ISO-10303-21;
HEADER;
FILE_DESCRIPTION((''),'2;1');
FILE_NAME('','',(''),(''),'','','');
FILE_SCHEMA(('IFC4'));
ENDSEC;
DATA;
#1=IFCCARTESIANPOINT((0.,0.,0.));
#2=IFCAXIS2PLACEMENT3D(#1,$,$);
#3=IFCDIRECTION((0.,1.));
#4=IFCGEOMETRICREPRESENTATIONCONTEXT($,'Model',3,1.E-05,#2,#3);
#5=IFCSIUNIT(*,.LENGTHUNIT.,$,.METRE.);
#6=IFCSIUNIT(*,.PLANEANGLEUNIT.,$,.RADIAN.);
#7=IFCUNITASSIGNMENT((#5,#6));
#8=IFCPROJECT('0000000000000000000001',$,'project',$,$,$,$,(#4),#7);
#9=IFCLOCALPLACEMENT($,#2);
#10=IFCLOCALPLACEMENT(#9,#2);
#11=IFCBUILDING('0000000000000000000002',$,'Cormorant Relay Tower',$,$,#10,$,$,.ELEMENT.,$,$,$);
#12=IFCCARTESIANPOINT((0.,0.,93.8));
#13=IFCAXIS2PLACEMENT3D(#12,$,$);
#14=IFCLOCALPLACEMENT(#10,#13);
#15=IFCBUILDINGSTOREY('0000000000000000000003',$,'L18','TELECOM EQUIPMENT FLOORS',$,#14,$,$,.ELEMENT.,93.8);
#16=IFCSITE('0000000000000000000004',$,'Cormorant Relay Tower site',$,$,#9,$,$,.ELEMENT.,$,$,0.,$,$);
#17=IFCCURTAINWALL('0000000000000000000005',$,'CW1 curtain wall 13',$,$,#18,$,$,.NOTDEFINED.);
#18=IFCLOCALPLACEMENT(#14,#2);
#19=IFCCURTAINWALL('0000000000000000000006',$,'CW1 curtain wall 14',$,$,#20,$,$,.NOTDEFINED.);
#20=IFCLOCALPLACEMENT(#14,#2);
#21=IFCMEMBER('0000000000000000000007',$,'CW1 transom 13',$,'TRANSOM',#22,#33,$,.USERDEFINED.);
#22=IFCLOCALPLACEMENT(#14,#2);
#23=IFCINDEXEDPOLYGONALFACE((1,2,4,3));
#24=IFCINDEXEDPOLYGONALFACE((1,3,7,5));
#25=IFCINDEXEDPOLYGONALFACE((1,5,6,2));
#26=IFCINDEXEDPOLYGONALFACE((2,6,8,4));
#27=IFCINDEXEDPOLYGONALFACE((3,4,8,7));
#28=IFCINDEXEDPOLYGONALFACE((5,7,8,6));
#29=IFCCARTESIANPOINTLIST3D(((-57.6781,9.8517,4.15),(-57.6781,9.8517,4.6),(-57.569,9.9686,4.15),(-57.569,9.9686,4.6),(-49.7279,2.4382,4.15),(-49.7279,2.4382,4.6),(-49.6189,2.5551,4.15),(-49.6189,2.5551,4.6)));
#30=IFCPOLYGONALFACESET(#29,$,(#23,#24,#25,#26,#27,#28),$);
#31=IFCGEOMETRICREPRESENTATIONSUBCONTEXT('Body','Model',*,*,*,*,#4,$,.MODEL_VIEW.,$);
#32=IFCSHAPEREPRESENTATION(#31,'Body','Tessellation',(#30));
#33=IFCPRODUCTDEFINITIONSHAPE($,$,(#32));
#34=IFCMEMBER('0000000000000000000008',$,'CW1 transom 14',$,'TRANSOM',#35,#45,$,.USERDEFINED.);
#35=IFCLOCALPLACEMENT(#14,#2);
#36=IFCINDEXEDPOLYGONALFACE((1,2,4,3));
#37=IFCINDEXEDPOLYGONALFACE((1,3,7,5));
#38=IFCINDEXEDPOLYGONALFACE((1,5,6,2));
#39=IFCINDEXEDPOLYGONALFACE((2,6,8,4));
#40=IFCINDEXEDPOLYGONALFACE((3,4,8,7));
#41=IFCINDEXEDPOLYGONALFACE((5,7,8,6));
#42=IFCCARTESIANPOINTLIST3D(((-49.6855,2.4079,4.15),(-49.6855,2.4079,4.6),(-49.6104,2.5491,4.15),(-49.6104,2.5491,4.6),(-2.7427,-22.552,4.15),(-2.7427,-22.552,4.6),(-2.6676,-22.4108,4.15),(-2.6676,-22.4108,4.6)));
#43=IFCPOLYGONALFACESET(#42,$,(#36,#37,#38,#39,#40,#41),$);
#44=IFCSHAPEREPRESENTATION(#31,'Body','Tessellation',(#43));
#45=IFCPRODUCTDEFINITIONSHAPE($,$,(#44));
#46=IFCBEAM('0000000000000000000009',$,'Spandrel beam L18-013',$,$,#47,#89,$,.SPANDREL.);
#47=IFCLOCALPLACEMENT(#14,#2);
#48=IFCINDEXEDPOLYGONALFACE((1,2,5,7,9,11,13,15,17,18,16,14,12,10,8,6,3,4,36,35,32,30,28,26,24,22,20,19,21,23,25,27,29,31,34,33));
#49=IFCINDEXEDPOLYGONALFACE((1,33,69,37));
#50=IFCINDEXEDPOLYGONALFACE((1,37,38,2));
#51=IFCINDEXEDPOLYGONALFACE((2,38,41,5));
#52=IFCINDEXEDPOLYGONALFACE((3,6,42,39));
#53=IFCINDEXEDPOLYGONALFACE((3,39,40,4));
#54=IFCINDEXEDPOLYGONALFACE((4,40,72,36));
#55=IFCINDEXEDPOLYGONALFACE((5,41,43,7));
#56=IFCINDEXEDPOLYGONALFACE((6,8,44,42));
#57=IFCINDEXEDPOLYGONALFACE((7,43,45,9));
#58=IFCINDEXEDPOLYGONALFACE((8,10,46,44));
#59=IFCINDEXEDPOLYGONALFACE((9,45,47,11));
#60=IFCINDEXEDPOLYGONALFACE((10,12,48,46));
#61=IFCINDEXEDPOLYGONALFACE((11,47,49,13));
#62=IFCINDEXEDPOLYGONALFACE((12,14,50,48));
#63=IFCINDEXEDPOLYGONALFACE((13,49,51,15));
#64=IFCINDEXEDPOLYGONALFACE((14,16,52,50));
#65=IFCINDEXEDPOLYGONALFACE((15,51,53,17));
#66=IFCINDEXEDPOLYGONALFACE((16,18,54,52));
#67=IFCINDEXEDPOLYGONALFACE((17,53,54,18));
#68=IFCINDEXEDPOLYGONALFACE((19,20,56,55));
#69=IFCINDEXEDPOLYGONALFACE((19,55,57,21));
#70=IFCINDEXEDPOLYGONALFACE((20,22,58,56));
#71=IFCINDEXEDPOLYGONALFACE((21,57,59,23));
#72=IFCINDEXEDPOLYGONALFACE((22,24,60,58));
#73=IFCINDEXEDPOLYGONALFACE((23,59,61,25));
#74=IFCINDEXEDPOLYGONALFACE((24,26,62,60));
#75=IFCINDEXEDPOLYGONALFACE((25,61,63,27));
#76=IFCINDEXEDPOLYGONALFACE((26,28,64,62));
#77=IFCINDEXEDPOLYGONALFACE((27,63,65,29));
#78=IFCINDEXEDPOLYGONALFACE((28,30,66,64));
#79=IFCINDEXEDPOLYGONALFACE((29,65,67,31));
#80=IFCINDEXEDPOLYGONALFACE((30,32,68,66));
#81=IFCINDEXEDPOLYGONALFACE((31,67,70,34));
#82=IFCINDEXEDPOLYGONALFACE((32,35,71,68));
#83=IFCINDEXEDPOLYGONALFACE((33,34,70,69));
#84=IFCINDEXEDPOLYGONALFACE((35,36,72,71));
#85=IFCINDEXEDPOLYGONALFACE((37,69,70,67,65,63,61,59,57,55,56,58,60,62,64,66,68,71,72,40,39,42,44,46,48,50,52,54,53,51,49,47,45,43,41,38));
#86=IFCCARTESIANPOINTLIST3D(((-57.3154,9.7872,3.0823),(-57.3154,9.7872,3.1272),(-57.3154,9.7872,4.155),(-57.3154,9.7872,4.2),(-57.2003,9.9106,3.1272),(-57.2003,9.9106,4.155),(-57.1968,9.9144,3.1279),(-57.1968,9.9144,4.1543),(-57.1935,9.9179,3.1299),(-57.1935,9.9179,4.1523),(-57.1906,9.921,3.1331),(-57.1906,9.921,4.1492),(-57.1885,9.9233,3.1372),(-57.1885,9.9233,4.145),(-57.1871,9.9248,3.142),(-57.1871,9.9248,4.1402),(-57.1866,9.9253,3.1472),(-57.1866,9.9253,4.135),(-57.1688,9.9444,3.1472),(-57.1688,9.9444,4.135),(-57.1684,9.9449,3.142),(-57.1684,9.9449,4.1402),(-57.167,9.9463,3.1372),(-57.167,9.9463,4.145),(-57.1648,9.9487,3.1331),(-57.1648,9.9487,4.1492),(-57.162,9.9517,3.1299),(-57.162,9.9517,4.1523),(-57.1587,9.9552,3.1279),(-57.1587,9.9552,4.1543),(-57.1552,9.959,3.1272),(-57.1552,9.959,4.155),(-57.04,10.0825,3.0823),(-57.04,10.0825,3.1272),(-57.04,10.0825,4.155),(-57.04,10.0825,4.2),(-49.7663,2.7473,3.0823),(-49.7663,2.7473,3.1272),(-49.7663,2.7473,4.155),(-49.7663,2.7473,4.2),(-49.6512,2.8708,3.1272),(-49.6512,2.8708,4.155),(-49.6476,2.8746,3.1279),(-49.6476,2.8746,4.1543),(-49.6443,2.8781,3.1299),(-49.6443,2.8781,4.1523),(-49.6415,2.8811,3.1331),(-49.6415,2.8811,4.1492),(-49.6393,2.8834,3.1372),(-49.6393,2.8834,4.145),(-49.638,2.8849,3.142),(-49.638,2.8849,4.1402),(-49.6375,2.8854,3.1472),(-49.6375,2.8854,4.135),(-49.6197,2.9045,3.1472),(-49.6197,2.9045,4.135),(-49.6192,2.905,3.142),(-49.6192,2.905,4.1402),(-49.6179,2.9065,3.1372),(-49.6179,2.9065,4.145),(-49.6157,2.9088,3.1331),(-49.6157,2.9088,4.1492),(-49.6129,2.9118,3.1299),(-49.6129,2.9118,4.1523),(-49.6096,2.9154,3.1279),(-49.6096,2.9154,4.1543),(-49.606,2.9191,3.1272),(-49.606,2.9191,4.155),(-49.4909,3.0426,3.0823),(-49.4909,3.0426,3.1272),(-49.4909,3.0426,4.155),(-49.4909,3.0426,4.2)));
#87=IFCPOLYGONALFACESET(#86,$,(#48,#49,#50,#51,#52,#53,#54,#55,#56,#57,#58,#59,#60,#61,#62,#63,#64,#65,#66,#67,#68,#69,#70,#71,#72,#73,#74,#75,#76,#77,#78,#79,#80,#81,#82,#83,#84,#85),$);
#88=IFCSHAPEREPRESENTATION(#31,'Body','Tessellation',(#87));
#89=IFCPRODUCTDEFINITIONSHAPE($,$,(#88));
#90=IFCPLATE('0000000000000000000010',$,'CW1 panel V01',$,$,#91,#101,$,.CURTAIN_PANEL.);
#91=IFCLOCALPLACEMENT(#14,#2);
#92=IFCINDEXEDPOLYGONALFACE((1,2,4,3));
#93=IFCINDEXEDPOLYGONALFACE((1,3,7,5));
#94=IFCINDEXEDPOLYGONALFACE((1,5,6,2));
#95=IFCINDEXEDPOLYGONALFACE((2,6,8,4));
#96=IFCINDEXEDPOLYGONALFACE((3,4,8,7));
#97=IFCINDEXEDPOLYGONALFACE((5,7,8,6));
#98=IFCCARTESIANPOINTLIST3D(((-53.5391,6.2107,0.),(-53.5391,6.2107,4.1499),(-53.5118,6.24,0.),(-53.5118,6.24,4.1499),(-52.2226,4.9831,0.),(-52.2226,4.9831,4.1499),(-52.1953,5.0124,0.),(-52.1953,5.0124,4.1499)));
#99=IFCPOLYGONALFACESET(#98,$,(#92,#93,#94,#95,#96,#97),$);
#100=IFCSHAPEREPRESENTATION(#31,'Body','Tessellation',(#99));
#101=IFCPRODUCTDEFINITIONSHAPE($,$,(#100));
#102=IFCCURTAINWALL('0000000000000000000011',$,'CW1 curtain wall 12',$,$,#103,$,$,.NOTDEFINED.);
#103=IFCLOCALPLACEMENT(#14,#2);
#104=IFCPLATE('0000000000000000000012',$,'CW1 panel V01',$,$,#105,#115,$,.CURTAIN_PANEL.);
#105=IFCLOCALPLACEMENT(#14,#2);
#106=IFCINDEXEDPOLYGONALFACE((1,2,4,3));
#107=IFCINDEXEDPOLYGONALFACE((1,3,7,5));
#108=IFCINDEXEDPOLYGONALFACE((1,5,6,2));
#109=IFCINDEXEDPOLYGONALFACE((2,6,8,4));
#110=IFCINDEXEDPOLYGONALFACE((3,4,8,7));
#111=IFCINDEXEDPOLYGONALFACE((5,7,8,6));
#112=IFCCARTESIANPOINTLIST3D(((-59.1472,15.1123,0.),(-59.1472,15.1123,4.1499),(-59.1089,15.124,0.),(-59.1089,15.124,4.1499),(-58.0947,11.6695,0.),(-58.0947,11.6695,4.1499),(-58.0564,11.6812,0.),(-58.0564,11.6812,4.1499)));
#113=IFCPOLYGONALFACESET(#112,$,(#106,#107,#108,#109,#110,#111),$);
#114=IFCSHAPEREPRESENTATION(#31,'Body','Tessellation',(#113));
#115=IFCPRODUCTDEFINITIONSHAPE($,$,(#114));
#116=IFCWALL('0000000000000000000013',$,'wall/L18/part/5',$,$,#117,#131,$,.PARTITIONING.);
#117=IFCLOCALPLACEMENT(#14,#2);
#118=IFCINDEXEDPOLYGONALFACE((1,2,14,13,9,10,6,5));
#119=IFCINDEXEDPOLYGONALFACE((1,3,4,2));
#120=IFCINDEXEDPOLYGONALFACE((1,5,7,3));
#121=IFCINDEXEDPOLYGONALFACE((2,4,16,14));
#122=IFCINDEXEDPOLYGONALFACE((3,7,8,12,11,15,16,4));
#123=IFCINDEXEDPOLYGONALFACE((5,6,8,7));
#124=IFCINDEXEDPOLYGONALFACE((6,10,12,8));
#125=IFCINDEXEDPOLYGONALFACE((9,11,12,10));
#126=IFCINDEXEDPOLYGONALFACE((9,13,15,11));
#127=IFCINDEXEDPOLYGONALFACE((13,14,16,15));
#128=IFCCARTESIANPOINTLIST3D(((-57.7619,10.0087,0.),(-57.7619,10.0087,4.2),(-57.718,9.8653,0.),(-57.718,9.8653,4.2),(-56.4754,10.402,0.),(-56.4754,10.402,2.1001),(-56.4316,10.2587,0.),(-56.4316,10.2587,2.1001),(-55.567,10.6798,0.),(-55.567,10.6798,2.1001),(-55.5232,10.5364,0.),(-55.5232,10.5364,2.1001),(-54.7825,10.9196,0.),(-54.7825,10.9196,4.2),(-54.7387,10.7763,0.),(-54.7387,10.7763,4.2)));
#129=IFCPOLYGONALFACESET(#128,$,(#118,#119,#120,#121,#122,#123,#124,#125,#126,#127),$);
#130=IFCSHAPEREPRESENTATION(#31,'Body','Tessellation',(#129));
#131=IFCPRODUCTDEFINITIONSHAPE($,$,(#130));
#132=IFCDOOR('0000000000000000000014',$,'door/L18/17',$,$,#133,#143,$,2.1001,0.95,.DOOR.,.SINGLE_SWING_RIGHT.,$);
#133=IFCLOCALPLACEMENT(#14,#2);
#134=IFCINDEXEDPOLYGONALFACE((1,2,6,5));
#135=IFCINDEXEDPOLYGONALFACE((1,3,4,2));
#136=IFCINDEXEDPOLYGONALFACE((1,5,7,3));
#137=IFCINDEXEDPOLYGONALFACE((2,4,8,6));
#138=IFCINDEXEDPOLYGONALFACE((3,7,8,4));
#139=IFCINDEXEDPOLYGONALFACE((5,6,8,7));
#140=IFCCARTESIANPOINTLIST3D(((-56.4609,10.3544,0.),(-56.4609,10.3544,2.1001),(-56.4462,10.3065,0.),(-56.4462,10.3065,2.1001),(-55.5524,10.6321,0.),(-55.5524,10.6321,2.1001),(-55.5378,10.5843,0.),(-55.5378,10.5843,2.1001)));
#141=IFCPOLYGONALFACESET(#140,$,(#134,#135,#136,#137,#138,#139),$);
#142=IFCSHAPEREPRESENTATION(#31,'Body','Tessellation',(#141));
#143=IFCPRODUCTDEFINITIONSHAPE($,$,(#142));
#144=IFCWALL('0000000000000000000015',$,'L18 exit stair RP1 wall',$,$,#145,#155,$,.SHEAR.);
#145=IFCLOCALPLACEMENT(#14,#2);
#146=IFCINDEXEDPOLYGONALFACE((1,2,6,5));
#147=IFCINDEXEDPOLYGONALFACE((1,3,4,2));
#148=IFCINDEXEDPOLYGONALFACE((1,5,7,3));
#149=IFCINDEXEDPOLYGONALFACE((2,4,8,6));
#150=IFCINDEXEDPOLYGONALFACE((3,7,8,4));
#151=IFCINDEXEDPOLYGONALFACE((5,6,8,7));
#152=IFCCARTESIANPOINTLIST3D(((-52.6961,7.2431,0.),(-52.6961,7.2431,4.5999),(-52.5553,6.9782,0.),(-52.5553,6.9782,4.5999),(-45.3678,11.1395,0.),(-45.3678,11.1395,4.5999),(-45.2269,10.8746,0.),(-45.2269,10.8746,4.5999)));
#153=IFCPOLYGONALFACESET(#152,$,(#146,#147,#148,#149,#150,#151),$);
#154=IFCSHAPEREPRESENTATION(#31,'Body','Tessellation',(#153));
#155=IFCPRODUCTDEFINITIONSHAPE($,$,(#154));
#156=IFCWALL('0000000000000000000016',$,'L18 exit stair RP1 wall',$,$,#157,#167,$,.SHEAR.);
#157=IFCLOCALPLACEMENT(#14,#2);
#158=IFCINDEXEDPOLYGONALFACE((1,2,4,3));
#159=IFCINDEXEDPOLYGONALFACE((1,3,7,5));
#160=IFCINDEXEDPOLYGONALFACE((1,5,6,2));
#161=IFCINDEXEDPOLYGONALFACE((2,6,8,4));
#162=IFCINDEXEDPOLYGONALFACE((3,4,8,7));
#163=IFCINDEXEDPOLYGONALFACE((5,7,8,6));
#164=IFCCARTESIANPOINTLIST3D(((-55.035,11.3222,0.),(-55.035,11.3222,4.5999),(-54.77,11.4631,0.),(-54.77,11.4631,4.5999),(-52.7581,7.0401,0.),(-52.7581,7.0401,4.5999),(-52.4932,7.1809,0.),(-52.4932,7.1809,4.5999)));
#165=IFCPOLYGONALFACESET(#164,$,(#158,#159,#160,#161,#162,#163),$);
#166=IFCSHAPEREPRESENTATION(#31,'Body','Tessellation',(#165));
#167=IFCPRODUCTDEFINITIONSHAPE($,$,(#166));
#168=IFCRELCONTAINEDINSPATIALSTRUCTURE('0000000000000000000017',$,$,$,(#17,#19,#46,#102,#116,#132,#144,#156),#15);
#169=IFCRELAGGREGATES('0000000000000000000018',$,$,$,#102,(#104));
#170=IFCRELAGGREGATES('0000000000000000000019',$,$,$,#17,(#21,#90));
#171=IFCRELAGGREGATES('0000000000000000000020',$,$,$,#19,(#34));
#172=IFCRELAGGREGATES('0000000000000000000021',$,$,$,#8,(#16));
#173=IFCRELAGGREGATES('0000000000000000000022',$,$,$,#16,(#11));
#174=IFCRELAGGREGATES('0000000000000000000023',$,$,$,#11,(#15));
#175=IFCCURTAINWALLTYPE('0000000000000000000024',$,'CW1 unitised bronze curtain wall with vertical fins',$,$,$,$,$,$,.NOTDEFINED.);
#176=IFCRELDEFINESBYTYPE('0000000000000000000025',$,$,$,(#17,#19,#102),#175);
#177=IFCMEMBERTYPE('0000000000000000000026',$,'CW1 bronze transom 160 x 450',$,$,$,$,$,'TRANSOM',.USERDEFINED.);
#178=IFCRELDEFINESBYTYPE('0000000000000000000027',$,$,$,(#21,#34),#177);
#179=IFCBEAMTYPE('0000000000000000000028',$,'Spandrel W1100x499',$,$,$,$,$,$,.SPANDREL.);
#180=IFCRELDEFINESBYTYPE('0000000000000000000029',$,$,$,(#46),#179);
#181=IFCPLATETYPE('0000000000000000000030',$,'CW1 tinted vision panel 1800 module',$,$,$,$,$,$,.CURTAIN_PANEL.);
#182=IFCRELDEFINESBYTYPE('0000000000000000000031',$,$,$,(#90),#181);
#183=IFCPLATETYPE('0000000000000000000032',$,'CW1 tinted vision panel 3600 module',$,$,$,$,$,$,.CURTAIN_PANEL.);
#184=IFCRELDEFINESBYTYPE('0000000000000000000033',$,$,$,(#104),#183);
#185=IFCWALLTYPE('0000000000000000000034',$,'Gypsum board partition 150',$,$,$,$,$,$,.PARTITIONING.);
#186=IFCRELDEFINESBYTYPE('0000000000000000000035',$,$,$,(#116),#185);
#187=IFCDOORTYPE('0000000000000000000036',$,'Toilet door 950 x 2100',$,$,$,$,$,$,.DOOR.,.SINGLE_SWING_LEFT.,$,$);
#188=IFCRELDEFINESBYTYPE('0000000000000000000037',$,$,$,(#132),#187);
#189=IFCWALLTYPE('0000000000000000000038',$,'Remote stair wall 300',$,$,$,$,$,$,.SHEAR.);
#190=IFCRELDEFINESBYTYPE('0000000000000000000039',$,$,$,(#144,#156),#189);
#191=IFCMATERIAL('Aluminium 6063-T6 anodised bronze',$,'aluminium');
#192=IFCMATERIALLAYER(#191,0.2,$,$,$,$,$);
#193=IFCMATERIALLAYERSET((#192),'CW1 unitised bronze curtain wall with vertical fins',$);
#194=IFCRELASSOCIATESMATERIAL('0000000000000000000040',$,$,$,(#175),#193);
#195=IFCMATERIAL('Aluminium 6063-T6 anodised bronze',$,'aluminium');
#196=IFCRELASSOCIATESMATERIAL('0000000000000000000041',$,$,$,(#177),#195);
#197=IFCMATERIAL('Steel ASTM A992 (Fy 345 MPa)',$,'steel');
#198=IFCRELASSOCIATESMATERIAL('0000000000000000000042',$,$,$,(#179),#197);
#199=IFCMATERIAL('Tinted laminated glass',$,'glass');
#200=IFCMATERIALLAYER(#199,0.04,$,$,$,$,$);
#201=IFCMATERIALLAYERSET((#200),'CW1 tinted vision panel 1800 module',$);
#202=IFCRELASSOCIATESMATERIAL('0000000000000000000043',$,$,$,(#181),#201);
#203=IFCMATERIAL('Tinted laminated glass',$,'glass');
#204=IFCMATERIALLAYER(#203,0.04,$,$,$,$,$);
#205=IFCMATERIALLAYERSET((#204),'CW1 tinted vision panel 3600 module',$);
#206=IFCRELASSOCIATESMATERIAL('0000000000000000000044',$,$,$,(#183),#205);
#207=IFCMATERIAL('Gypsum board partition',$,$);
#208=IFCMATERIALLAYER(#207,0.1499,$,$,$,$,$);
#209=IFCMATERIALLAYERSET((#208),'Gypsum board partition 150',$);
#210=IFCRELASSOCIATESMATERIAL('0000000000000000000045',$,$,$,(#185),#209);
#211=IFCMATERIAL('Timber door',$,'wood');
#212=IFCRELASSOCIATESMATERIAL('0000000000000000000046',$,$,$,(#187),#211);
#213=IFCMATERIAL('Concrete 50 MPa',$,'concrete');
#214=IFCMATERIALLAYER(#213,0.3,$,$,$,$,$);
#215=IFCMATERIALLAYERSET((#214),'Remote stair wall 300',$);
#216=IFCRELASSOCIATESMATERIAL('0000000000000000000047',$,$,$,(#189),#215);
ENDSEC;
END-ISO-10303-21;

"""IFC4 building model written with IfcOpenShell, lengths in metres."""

from ifc_helpers import new_model, si_unit, direction, frame, frame_2d, origin, origin_2d, place, context, subcontext, project, spatial, rectangle, i_section, extrude, material, layer, layer_set, material_profile, profile_set, type_object, element, fill, aggregate, save


model = new_model("IFC4")

# Units and contexts
model_context = context("Model", 3, precision=1e-05, world=origin(), true_north=direction((0.0, 1.0)))
body_context = subcontext(model_context, "Body", "Model", "MODEL_VIEW")
ifc_project = project(units=[si_unit("LENGTHUNIT", "METRE"), si_unit("PLANEANGLEUNIT", "RADIAN")], contexts=[model_context])

# Site, building, storey
site_placement = place(None, origin())
site = spatial("IfcSite", under=ifc_project, at=site_placement, Name="Cormorant Relay Tower site", CompositionType="ELEMENT", RefElevation=0.0)
building_placement = place(site_placement, origin())
building = spatial("IfcBuilding", under=site, at=building_placement, Name="Cormorant Relay Tower", CompositionType="ELEMENT")
storey_placement = place(building_placement, frame((0.0, 0.0, 93.8)))
storey = spatial("IfcBuildingStorey", under=building, at=storey_placement, Name="L18", Description="TELECOM EQUIPMENT FLOORS", CompositionType="ELEMENT", Elevation=93.8)

# Curtain wall
ifc_material_1 = material(Name="Aluminium 6063-T6 anodised bronze", Category="aluminium")
ifc_layer_1 = layer(ifc_material_1, 0.2)
ifc_layer_set_1 = layer_set([ifc_layer_1], Name="CW1 unitised bronze curtain wall with vertical fins")
curtain_wall_type = type_object("IfcCurtainWallType", Name="CW1 unitised bronze curtain wall with vertical fins", PredefinedType="NOTDEFINED", material=ifc_layer_set_1)
curtain_wall_1_placement = place(storey_placement, origin())
curtain_wall_1 = element("IfcCurtainWall", 1, at=curtain_wall_1_placement, inside=storey, type_object=curtain_wall_type, Name="CW1 curtain wall 13", PredefinedType="NOTDEFINED")

# Curtain wall
curtain_wall_2_placement = place(storey_placement, origin())
curtain_wall_2 = element("IfcCurtainWall", 2, at=curtain_wall_2_placement, inside=storey, type_object=curtain_wall_type, Name="CW1 curtain wall 14", PredefinedType="NOTDEFINED")

# Members
ifc_material_2 = material(Name="Aluminium 6063-T6 anodised bronze", Category="aluminium")
ifc_material_profile_1 = material_profile(ifc_material_2, rectangle(XDim=0.1599, YDim=0.45, at=origin_2d()), Name="AL 160x450")
ifc_profile_set_1 = profile_set([ifc_material_profile_1], Name="Aluminium 6063-T6 anodised bronze")
member_type_1 = type_object("IfcMemberType", Name="CW1 bronze transom 160 x 450", ElementType="TRANSOM", PredefinedType="USERDEFINED", material=ifc_profile_set_1)
member_1_placement = place(storey_placement, frame((-57.6235, 9.9102, 4.375), z_axis=(0.731358, -0.681993, 0.0), x_axis=(0.681993, 0.731358, 0.0)))
member_1 = element("IfcMember", 3, at=member_1_placement, type_object=member_type_1, Name="CW1 transom 13", ObjectType="TRANSOM", PredefinedType="USERDEFINED", context=body_context, shape_type="SweptSolid", body=[
    extrude(rectangle(XDim=0.1599, YDim=0.45, at=origin_2d()), origin(), (0.0, 0.0, 1.0), 10.8704),
])
member_2_placement = place(storey_placement, frame((-49.6479, 2.4785, 4.375), z_axis=(0.882948, -0.469471, 0.0), x_axis=(0.469471, 0.882948, 0.0)))
member_2 = element("IfcMember", 4, at=member_2_placement, type_object=member_type_1, Name="CW1 transom 14", ObjectType="TRANSOM", PredefinedType="USERDEFINED", context=body_context, shape_type="SweptSolid", body=[
    extrude(rectangle(XDim=0.1599, YDim=0.45, at=origin_2d()), origin(), (0.0, 0.0, 1.0), 53.166),
])

# Beam
ifc_material_3 = material(Name="Steel ASTM A992 (Fy 345 MPa)", Category="steel")
ifc_material_profile_2 = material_profile(ifc_material_3, i_section(OverallWidth=0.4038, OverallDepth=1.1177, WebThickness=0.0261, FlangeThickness=0.0449, FilletRadius=0.02, at=origin_2d()), Name="W1100x499")
ifc_profile_set_2 = profile_set([ifc_material_profile_2], Name="Steel ASTM A992 (Fy 345 MPa)")
beam_type = type_object("IfcBeamType", Name="Spandrel W1100x499", PredefinedType="SPANDREL", material=ifc_profile_set_2)
beam_placement = place(storey_placement, frame((-57.1777, 9.9348, 3.6411), z_axis=(0.731345, -0.682007, 0.0), x_axis=(0.682007, 0.731345, 0.0)))
element("IfcBeam", 5, at=beam_placement, inside=storey, type_object=beam_type, Name="Spandrel beam L18-013", PredefinedType="SPANDREL", context=body_context, shape_type="SweptSolid", body=[
    extrude(i_section(OverallWidth=0.4038, OverallDepth=1.1177, WebThickness=0.0261, FlangeThickness=0.0449, FilletRadius=0.02, at=origin_2d()), origin(), (0.0, 0.0, 1.0), 10.3223),
])

# Plate
ifc_material_4 = material(Name="Tinted laminated glass", Category="glass")
ifc_layer_2 = layer(ifc_material_4, 0.04)
ifc_layer_set_2 = layer_set([ifc_layer_2], Name="CW1 tinted vision panel 1800 module")
plate_type_1 = type_object("IfcPlateType", Name="CW1 tinted vision panel 1800 module", PredefinedType="CURTAIN_PANEL", material=ifc_layer_set_2)
plate_1_placement = place(storey_placement, frame((-52.8672, 5.6116, 0.0), z_axis=(0.0, 0.0, 1.0), x_axis=(0.731354, -0.681998, 0.0)))
plate_1 = element("IfcPlate", 6, at=plate_1_placement, type_object=plate_type_1, Name="CW1 panel V01", PredefinedType="CURTAIN_PANEL", context=body_context, shape_type="SweptSolid", body=[
    extrude(rectangle(XDim=1.8, YDim=0.04, at=origin_2d()), origin(), (0.0, 0.0, 1.0), 4.1499),
])

# Curtain wall, plate
curtain_wall_3_placement = place(storey_placement, origin())
curtain_wall_3 = element("IfcCurtainWall", 7, at=curtain_wall_3_placement, inside=storey, type_object=curtain_wall_type, Name="CW1 curtain wall 12", PredefinedType="NOTDEFINED")
ifc_material_5 = material(Name="Tinted laminated glass", Category="glass")
ifc_layer_3 = layer(ifc_material_5, 0.04)
ifc_layer_set_3 = layer_set([ifc_layer_3], Name="CW1 tinted vision panel 3600 module")
plate_type_2 = type_object("IfcPlateType", Name="CW1 tinted vision panel 3600 module", PredefinedType="CURTAIN_PANEL", material=ifc_layer_set_3)
plate_2_placement = place(storey_placement, frame((-58.6018, 13.3967, 0.0), z_axis=(0.0, 0.0, 1.0), x_axis=(0.292372, -0.956305, 0.0)))
plate_2 = element("IfcPlate", 8, at=plate_2_placement, type_object=plate_type_2, Name="CW1 panel V01", PredefinedType="CURTAIN_PANEL", context=body_context, shape_type="SweptSolid", body=[
    extrude(rectangle(XDim=3.6001, YDim=0.04, at=origin_2d()), origin(), (0.0, 0.0, 1.0), 4.1499),
])

# Wall, opening, door
ifc_material_6 = material(Name="Gypsum board partition")
ifc_layer_4 = layer(ifc_material_6, 0.1499)
ifc_layer_set_4 = layer_set([ifc_layer_4], Name="Gypsum board partition 150")
wall_type_1 = type_object("IfcWallType", Name="Gypsum board partition 150", PredefinedType="PARTITIONING", material=ifc_layer_set_4)
wall_1_placement = place(storey_placement, frame((-54.7607, 10.8479, 0.0), z_axis=(0.0, 0.0, 1.0), x_axis=(-0.956301, -0.292384, 0.0)))
wall_1 = element("IfcWall", 9, at=wall_1_placement, inside=storey, type_object=wall_type_1, Name="wall/L18/part/5", PredefinedType="PARTITIONING", context=body_context, shape_type="SweptSolid", body=[
    extrude(rectangle(XDim=3.1155, YDim=0.1499, at=frame_2d((1.5576, 0.0))), origin(), (0.0, 0.0, 1.0), 4.2),
])
opening_1_placement = place(wall_1_placement, frame((0.8201, 0.0, 0.0)))
opening_1 = element("IfcOpeningElement", 10, at=opening_1_placement, cuts=wall_1, PredefinedType="OPENING", context=body_context, shape_type="SweptSolid", body=[
    extrude(rectangle(XDim=0.95, YDim=2.1001, at=frame_2d((0.4751, 1.05))), frame((0.0, 0.085, 0.0), z_axis=(0.0, -1.0, 0.0), x_axis=(1.0, 0.0, 0.0)), (0.0, 0.0, 1.0), 0.1699),
])
ifc_material_7 = material(Name="Timber door", Category="wood")
door_type_1 = type_object("IfcDoorType", Name="Toilet door 950 x 2100", OperationType="SINGLE_SWING_LEFT", PredefinedType="DOOR", material=ifc_material_7)
door_1_placement = place(opening_1_placement, origin())
door_1 = element("IfcDoor", 11, at=door_1_placement, inside=storey, type_object=door_type_1, Name="door/L18/17", OperationType="SINGLE_SWING_RIGHT", OverallHeight=2.1001, OverallWidth=0.95, PredefinedType="DOOR", context=body_context, shape_type="SweptSolid", body=[
    extrude(rectangle(XDim=0.95, YDim=2.1001, at=frame_2d((0.4751, 1.05))), frame((0.0, 0.0249, 0.0), z_axis=(0.0, -1.0, 0.0), x_axis=(1.0, 0.0, 0.0)), (0.0, 0.0, 1.0), 0.05),
])
fill(opening_1, door_1)

# Walls
ifc_material_8 = material(Name="Concrete 50 MPa", Category="concrete")
ifc_layer_5 = layer(ifc_material_8, 0.3)
ifc_layer_set_5 = layer_set([ifc_layer_5], Name="Remote stair wall 300")
wall_type_2 = type_object("IfcWallType", Name="Remote stair wall 300", PredefinedType="SHEAR", material=ifc_layer_set_5)
wall_2_placement = place(storey_placement, frame((-45.2974, 11.0071, 0.0), z_axis=(0.0, 0.0, 1.0), x_axis=(-0.882952, -0.469464, 0.0)))
element("IfcWall", 12, at=wall_2_placement, inside=storey, type_object=wall_type_2, Name="L18 exit stair RP1 wall", PredefinedType="SHEAR", context=body_context, shape_type="SweptSolid", body=[
    extrude(rectangle(XDim=8.2998, YDim=0.3, at=frame_2d((4.1499, 0.0))), origin(), (0.0, 0.0, 1.0), 4.5999),
])
wall_3_placement = place(storey_placement, frame((-52.6257, 7.1106, 0.0), z_axis=(0.0, 0.0, 1.0), x_axis=(-0.469464, 0.882951, 0.0)))
element("IfcWall", 13, at=wall_3_placement, inside=storey, type_object=wall_type_2, Name="L18 exit stair RP1 wall", PredefinedType="SHEAR", context=body_context, shape_type="SweptSolid", body=[
    extrude(rectangle(XDim=4.8499, YDim=0.3, at=frame_2d((2.4248, 0.0))), origin(), (0.0, 0.0, 1.0), 4.5999),
])

aggregate(curtain_wall_3, [plate_2])
aggregate(curtain_wall_1, [member_1, plate_1])
aggregate(curtain_wall_2, [member_2])

save(model, "model.ifc")
